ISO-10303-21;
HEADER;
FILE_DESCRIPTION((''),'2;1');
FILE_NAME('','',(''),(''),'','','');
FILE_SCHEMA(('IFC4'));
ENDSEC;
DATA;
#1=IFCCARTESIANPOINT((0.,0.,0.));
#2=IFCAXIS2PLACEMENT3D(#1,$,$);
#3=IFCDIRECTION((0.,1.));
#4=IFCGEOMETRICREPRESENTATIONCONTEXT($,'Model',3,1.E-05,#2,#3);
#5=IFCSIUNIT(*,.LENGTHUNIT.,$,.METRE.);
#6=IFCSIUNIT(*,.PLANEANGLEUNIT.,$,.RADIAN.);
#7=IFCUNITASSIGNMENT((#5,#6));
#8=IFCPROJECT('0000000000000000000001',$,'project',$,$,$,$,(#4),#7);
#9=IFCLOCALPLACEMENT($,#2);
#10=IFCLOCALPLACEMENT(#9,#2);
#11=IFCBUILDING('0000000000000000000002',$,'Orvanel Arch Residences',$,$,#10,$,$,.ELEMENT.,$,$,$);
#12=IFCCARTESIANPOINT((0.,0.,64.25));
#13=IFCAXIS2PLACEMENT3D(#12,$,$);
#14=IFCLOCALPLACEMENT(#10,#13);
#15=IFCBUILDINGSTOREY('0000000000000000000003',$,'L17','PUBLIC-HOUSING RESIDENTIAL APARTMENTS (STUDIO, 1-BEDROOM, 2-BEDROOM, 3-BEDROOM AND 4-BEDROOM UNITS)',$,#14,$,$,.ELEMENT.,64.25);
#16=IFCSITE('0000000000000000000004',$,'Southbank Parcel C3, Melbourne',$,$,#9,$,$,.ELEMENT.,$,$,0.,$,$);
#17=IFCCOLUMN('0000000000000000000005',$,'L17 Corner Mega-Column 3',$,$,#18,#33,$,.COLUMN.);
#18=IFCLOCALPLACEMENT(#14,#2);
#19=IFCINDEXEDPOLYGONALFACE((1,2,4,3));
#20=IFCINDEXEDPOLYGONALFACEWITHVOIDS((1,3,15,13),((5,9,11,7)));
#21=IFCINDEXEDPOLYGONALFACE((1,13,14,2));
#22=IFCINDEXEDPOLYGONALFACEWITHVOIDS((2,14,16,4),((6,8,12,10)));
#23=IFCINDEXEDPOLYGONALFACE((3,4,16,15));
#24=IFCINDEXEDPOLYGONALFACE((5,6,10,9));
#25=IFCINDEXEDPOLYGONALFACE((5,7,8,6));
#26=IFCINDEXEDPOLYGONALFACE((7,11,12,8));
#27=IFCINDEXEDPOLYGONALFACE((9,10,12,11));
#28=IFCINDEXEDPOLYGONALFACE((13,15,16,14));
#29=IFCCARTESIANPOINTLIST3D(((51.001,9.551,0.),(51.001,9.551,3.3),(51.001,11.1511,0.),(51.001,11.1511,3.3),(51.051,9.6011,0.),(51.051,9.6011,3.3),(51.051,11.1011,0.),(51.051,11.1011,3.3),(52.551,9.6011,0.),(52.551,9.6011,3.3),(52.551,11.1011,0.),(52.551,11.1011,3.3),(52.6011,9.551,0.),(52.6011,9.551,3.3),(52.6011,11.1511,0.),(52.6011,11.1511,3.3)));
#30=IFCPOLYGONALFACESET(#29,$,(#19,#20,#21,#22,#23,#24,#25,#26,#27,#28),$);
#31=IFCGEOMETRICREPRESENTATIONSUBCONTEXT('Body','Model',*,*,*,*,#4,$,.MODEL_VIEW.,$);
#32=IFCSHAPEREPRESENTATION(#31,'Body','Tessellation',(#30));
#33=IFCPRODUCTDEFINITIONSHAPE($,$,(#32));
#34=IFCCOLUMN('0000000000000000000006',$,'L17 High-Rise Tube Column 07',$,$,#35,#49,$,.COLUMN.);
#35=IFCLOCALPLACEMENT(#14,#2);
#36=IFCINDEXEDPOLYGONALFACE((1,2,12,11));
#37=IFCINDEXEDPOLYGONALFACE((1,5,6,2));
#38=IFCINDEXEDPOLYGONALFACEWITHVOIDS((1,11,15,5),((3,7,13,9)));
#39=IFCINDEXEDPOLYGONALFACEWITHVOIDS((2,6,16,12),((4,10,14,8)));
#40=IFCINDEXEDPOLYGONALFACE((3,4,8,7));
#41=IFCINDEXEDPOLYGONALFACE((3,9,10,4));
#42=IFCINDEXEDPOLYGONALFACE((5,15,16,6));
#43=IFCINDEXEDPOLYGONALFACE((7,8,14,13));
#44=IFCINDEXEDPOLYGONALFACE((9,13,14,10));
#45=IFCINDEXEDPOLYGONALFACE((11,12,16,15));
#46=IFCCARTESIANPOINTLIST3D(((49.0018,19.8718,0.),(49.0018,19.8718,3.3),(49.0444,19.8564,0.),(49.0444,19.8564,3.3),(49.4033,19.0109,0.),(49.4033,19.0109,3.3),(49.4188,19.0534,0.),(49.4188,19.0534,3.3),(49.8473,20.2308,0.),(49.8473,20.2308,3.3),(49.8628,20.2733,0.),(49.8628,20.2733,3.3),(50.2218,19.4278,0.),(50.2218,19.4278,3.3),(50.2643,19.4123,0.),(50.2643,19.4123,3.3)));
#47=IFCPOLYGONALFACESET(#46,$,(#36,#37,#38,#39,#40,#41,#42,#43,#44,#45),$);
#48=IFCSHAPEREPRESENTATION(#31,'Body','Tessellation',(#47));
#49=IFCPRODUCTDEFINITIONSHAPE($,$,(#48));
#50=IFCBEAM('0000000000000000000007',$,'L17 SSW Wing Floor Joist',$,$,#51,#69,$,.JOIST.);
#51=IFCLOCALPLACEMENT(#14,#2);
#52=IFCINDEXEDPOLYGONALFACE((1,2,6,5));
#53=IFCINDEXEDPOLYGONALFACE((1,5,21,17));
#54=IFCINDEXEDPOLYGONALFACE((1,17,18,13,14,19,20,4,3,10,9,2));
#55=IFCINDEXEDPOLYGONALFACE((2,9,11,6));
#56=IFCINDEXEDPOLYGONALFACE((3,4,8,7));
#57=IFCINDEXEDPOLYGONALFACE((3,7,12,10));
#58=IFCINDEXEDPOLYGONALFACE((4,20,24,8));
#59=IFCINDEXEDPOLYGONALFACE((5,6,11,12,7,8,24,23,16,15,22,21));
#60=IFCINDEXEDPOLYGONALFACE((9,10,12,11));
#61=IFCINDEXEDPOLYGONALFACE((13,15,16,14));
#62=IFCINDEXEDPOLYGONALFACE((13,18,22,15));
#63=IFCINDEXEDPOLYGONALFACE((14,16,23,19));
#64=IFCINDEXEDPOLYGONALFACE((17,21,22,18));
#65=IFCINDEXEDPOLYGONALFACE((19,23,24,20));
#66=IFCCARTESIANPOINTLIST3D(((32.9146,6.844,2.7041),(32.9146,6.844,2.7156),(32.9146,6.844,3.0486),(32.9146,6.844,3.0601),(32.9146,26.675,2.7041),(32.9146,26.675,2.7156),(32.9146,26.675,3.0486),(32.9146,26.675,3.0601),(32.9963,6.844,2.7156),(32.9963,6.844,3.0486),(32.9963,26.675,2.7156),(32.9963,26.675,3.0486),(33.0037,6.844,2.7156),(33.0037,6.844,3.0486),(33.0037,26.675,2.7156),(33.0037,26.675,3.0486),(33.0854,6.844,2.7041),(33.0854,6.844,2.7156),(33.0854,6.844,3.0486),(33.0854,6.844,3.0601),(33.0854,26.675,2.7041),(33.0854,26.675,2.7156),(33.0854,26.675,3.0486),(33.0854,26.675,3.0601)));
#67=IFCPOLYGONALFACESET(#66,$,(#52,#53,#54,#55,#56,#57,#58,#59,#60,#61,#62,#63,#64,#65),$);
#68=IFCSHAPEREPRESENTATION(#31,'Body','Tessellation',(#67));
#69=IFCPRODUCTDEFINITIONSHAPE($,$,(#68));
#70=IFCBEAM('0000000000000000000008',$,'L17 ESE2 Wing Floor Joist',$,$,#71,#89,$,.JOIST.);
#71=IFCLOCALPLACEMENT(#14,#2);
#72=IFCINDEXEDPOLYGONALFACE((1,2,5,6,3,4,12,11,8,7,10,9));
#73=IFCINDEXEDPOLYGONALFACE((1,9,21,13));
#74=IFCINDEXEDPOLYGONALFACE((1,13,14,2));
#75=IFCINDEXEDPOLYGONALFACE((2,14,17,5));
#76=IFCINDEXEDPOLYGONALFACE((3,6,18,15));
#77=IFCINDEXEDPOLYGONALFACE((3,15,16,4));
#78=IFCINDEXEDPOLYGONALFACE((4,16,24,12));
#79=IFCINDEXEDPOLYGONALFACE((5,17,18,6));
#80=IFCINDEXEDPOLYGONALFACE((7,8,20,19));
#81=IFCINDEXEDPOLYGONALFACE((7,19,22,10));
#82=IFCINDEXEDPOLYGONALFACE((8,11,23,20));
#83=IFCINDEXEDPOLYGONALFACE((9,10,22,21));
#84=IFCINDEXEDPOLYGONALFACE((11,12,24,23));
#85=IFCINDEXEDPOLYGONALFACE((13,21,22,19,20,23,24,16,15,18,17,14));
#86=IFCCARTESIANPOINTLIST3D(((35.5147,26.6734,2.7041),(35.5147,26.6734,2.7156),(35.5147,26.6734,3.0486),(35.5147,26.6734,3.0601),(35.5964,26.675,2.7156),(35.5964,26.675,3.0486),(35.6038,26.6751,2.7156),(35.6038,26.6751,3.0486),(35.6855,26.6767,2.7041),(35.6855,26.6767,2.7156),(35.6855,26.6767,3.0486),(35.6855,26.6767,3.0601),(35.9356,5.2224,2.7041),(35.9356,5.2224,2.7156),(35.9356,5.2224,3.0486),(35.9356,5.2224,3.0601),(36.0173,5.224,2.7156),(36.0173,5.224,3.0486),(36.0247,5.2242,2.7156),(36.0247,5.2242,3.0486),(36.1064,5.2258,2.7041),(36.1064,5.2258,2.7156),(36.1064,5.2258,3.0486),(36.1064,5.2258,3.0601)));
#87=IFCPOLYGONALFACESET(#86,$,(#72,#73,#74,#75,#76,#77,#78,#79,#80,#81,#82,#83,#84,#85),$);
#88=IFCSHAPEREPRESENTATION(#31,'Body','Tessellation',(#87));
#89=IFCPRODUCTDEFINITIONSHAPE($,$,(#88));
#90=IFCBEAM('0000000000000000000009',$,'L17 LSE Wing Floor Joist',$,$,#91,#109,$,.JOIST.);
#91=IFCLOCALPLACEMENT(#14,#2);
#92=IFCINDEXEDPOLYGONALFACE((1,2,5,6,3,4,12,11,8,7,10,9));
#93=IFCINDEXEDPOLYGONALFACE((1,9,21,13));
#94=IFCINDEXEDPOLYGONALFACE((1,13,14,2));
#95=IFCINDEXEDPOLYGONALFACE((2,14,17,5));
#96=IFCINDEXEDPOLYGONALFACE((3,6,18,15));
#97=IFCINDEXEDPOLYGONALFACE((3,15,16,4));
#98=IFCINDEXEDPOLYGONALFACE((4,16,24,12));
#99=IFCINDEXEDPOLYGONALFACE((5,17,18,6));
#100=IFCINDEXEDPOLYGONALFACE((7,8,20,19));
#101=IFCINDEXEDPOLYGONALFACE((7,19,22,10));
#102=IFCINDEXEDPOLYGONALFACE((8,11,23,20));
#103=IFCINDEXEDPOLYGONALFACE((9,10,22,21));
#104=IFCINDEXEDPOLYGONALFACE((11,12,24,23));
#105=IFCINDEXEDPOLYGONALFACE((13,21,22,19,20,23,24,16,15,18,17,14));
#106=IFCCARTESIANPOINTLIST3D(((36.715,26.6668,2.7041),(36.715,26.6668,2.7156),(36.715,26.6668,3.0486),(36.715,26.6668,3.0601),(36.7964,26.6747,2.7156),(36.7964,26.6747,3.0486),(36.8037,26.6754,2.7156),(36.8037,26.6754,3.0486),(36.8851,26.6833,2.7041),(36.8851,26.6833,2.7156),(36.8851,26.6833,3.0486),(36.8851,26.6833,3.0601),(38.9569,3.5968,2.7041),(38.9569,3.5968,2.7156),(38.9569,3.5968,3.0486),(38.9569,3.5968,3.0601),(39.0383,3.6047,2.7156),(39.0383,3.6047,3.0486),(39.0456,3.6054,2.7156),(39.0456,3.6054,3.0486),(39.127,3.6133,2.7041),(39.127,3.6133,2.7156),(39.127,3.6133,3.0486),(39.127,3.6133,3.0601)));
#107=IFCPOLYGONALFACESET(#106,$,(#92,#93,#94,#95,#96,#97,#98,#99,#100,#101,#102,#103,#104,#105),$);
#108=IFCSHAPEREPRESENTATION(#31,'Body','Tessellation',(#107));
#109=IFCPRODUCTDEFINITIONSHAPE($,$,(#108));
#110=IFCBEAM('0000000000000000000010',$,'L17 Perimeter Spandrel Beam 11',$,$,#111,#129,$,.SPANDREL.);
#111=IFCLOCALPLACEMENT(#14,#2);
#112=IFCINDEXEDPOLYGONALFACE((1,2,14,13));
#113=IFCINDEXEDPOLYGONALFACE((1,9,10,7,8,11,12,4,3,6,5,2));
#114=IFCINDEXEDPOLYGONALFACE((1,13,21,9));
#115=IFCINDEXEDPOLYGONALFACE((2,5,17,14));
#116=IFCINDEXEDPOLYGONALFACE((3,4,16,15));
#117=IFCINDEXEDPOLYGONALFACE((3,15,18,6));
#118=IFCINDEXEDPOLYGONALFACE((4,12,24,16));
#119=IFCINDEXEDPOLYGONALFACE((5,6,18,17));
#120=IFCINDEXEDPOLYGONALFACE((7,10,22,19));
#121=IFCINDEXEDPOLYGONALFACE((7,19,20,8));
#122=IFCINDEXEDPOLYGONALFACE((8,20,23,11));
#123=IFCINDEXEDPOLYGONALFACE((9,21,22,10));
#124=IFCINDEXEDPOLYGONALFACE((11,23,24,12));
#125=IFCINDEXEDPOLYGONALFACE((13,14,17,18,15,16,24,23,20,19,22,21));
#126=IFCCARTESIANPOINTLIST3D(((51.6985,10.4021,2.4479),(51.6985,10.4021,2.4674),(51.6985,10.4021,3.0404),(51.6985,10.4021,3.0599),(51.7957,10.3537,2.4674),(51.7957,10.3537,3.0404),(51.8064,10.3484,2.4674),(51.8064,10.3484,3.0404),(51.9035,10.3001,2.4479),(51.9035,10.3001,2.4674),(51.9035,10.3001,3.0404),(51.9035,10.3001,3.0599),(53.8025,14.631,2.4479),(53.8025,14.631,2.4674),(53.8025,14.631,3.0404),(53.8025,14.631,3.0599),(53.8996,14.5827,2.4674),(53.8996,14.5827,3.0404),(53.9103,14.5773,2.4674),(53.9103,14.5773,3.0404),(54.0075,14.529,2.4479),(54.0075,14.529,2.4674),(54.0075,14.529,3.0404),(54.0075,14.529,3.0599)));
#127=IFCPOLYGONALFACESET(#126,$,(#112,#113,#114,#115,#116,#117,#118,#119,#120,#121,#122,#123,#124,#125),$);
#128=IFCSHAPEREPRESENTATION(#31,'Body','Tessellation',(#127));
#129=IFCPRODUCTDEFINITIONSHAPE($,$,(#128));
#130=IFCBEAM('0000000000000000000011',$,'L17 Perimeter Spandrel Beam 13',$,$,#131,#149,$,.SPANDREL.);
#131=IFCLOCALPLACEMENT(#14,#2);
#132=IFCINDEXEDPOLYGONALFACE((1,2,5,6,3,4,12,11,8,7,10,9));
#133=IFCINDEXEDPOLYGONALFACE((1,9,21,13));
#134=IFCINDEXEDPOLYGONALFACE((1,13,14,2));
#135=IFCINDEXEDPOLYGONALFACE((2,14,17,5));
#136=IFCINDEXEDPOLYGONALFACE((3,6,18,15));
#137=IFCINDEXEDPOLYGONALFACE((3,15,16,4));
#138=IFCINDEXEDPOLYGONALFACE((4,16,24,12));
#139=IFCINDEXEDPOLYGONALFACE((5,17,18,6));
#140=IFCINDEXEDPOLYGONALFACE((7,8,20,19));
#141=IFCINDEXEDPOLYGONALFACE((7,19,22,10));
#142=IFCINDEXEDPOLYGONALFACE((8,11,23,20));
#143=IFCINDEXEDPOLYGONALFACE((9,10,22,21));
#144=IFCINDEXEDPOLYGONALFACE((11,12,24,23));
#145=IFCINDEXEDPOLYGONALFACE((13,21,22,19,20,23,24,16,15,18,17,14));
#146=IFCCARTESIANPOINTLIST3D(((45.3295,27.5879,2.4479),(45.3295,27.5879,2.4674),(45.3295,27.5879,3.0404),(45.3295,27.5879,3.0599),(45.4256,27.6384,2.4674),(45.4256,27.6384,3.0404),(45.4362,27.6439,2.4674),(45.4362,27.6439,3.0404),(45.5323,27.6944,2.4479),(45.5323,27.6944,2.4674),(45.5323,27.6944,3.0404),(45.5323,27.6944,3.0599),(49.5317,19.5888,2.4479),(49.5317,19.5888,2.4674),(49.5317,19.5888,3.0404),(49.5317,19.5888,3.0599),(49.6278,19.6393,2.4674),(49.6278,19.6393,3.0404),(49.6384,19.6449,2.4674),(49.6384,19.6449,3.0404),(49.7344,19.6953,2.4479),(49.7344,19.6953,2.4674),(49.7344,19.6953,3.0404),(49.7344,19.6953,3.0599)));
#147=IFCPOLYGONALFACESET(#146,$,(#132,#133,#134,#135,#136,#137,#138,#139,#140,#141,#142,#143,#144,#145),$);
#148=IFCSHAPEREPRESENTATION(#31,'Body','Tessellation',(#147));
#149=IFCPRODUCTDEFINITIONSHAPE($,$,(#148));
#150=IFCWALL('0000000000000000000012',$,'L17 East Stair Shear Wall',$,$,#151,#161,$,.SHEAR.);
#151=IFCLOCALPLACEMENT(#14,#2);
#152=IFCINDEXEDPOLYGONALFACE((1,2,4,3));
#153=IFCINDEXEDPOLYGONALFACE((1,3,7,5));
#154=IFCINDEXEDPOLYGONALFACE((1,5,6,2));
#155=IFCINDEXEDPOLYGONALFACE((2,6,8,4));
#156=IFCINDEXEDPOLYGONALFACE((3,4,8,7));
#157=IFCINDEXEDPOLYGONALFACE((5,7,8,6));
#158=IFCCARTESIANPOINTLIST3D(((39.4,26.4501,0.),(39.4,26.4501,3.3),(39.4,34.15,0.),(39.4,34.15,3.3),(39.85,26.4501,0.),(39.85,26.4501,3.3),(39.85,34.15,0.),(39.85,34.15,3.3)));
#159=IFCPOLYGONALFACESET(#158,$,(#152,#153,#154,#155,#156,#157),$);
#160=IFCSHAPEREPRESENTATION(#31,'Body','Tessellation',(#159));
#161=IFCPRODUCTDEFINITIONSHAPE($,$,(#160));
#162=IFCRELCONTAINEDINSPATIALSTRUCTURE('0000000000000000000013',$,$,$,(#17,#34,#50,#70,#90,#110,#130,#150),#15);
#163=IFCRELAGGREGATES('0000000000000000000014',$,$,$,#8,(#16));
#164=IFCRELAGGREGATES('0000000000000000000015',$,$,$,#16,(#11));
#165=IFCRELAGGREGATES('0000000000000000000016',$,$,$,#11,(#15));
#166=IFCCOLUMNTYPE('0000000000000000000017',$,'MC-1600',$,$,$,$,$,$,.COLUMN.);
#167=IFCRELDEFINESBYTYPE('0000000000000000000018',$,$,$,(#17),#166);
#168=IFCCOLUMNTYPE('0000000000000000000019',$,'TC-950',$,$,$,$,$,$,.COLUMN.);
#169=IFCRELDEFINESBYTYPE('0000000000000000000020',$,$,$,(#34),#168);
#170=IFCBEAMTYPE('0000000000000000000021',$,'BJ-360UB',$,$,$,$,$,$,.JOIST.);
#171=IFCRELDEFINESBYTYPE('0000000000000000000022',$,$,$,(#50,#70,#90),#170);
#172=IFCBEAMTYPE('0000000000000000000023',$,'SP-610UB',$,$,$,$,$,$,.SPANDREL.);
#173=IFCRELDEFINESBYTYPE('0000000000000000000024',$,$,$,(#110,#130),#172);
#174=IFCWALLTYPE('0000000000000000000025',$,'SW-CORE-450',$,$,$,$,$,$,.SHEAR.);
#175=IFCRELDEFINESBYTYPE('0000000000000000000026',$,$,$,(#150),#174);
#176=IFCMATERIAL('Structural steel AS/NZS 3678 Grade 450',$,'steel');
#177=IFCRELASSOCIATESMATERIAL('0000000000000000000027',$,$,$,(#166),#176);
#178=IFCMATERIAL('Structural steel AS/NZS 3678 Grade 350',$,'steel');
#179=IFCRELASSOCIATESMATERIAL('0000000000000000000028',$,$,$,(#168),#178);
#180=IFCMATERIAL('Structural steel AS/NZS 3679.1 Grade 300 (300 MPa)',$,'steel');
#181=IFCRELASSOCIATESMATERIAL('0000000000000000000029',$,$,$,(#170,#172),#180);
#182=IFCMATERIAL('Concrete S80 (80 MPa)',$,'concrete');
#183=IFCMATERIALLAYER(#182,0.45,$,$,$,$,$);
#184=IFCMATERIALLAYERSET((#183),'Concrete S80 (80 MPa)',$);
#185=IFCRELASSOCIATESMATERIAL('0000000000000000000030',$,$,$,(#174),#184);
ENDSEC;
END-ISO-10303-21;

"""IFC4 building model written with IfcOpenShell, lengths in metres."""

from ifc_helpers import new_model, si_unit, direction, frame, frame_2d, origin, origin_2d, place, context, subcontext, project, spatial, rectangle, hollow_rectangle, i_section, extrude, material, layer, layer_set, material_profile, profile_set, type_object, element, save


model = new_model("IFC4")

# Units and contexts
model_context = context("Model", 3, precision=1e-05, world=origin(), true_north=direction((0.0, 1.0)))
body_context = subcontext(model_context, "Body", "Model", "MODEL_VIEW")
ifc_project = project(units=[si_unit("LENGTHUNIT", "METRE"), si_unit("PLANEANGLEUNIT", "RADIAN")], contexts=[model_context])

# Site, building, storey
site_placement = place(None, origin())
site = spatial("IfcSite", under=ifc_project, at=site_placement, Name="Southbank Parcel C3, Melbourne", CompositionType="ELEMENT", RefElevation=0.0)
building_placement = place(site_placement, origin())
building = spatial("IfcBuilding", under=site, at=building_placement, Name="Orvanel Arch Residences", CompositionType="ELEMENT")
storey_placement = place(building_placement, frame((0.0, 0.0, 64.25)))
storey = spatial("IfcBuildingStorey", under=building, at=storey_placement, Name="L17", Description="PUBLIC-HOUSING RESIDENTIAL APARTMENTS (STUDIO, 1-BEDROOM, 2-BEDROOM, 3-BEDROOM AND 4-BEDROOM UNITS)", CompositionType="ELEMENT", Elevation=64.25)

# Columns
ifc_material_1 = material(Name="Structural steel AS/NZS 3678 Grade 450", Category="steel")
ifc_material_profile_1 = material_profile(ifc_material_1, hollow_rectangle(XDim=1.6001, YDim=1.6001, WallThickness=0.05, at=origin_2d()), Name="BOX1600x1600x50")
ifc_profile_set_1 = profile_set([ifc_material_profile_1], Name="Structural steel AS/NZS 3678 Grade 450")
column_type_1 = type_object("IfcColumnType", Name="MC-1600", PredefinedType="COLUMN", material=ifc_profile_set_1)
column_1_placement = place(storey_placement, frame((51.801, 10.3511, 0.0), z_axis=(0.0, 0.0, 1.0), x_axis=(1.0, 0.0, 0.0)))
element("IfcColumn", 1, at=column_1_placement, inside=storey, type_object=column_type_1, Name="L17 Corner Mega-Column 3", PredefinedType="COLUMN", context=body_context, shape_type="SweptSolid", body=[
    extrude(hollow_rectangle(XDim=1.6001, YDim=1.6001, WallThickness=0.05, at=origin_2d()), origin(), (0.0, 0.0, 1.0), 3.3),
])
ifc_material_2 = material(Name="Structural steel AS/NZS 3678 Grade 350", Category="steel")
ifc_material_profile_2 = material_profile(ifc_material_2, hollow_rectangle(XDim=0.95, YDim=0.95, WallThickness=0.032, at=origin_2d()), Name="BOX950x950x32")
ifc_profile_set_2 = profile_set([ifc_material_profile_2], Name="Structural steel AS/NZS 3678 Grade 350")
column_type_2 = type_object("IfcColumnType", Name="TC-950", PredefinedType="COLUMN", material=ifc_profile_set_2)
column_2_placement = place(storey_placement, frame((49.6331, 19.6421, 0.0), z_axis=(0.0, 0.0, 1.0), x_axis=(-0.422618, 0.906308, 0.0)))
element("IfcColumn", 2, at=column_2_placement, inside=storey, type_object=column_type_2, Name="L17 High-Rise Tube Column 07", PredefinedType="COLUMN", context=body_context, shape_type="SweptSolid", body=[
    extrude(hollow_rectangle(XDim=0.95, YDim=0.95, WallThickness=0.032, at=origin_2d()), origin(), (0.0, 0.0, 1.0), 3.3),
])

# Beams
ifc_material_3 = material(Name="Structural steel AS/NZS 3679.1 Grade 300 (300 MPa)", Category="steel")
ifc_material_profile_3 = material_profile(ifc_material_3, i_section(OverallWidth=0.1709, OverallDepth=0.356, WebThickness=0.0073, FlangeThickness=0.0115, at=origin_2d()), Name="360UB50.7")
ifc_profile_set_3 = profile_set([ifc_material_profile_3], Name="Structural steel AS/NZS 3679.1 Grade 300 (300 MPa)")
beam_type_1 = type_object("IfcBeamType", Name="BJ-360UB", PredefinedType="JOIST", material=ifc_profile_set_3)
beam_1_placement = place(storey_placement, frame((33.0, 26.675, 2.8821), z_axis=(0.0, -1.0, 0.0), x_axis=(1.0, 0.0, 0.0)))
element("IfcBeam", 3, at=beam_1_placement, inside=storey, type_object=beam_type_1, Name="L17 SSW Wing Floor Joist", PredefinedType="JOIST", context=body_context, shape_type="SweptSolid", body=[
    extrude(i_section(OverallWidth=0.1709, OverallDepth=0.356, WebThickness=0.0073, FlangeThickness=0.0115, at=origin_2d()), origin(), (0.0, 0.0, 1.0), 19.8311),
])
beam_2_placement = place(storey_placement, frame((35.6001, 26.675, 2.8821), z_axis=(0.019618, -0.999808, 0.0), x_axis=(0.999808, 0.019618, 0.0)))
element("IfcBeam", 4, at=beam_2_placement, inside=storey, type_object=beam_type_1, Name="L17 ESE2 Wing Floor Joist", PredefinedType="JOIST", context=body_context, shape_type="SweptSolid", body=[
    extrude(i_section(OverallWidth=0.1709, OverallDepth=0.356, WebThickness=0.0073, FlangeThickness=0.0115, at=origin_2d()), origin(), (0.0, 0.0, 1.0), 21.4551),
])
beam_3_placement = place(storey_placement, frame((36.8, 26.675, 2.8821), z_axis=(0.096724, -0.995311, 0.0), x_axis=(0.995311, 0.096724, 0.0)))
element("IfcBeam", 5, at=beam_3_placement, inside=storey, type_object=beam_type_1, Name="L17 LSE Wing Floor Joist", PredefinedType="JOIST", context=body_context, shape_type="SweptSolid", body=[
    extrude(i_section(OverallWidth=0.1709, OverallDepth=0.356, WebThickness=0.0073, FlangeThickness=0.0115, at=origin_2d()), origin(), (0.0, 0.0, 1.0), 23.1787),
])
ifc_material_profile_4 = material_profile(ifc_material_3, i_section(OverallWidth=0.229, OverallDepth=0.6121, WebThickness=0.012, FlangeThickness=0.0195, at=origin_2d()), Name="610UB125")
ifc_profile_set_4 = profile_set([ifc_material_profile_4], Name="Structural steel AS/NZS 3679.1 Grade 300 (300 MPa)")
beam_type_2 = type_object("IfcBeamType", Name="SP-610UB", PredefinedType="SPANDREL", material=ifc_profile_set_4)
beam_4_placement = place(storey_placement, frame((51.801, 10.3511, 2.7539), z_axis=(0.445435, 0.895314, 0.0), x_axis=(-0.895314, 0.445435, 0.0)))
element("IfcBeam", 6, at=beam_4_placement, inside=storey, type_object=beam_type_2, Name="L17 Perimeter Spandrel Beam 11", PredefinedType="SPANDREL", context=body_context, shape_type="SweptSolid", body=[
    extrude(i_section(OverallWidth=0.229, OverallDepth=0.6121, WebThickness=0.012, FlangeThickness=0.0195, at=origin_2d()), origin(), (0.0, 0.0, 1.0), 4.7234),
])
beam_5_placement = place(storey_placement, frame((49.6331, 19.6421, 2.7539), z_axis=(-0.465065, 0.885277, 0.0), x_axis=(-0.885277, -0.465065, 0.0)))
element("IfcBeam", 7, at=beam_5_placement, inside=storey, type_object=beam_type_2, Name="L17 Perimeter Spandrel Beam 13", PredefinedType="SPANDREL", context=body_context, shape_type="SweptSolid", body=[
    extrude(i_section(OverallWidth=0.229, OverallDepth=0.6121, WebThickness=0.012, FlangeThickness=0.0195, at=origin_2d()), origin(), (0.0, 0.0, 1.0), 9.0356),
])

# Shared definitions
ifc_material_4 = material(Name="Concrete S80 (80 MPa)", Category="concrete")

# Wall
ifc_layer_1 = layer(ifc_material_4, 0.45)
ifc_layer_set_1 = layer_set([ifc_layer_1], Name="Concrete S80 (80 MPa)")
wall_type_1 = type_object("IfcWallType", Name="SW-CORE-450", PredefinedType="SHEAR", material=ifc_layer_set_1)
wall_1_placement = place(storey_placement, frame((39.625, 26.45, 0.0), z_axis=(0.0, 0.0, 1.0), x_axis=(0.0, 1.0, 0.0)))
element("IfcWall", 8, at=wall_1_placement, inside=storey, type_object=wall_type_1, Name="L17 East Stair Shear Wall", PredefinedType="SHEAR", context=body_context, shape_type="SweptSolid", body=[
    extrude(rectangle(XDim=7.7, YDim=0.45, at=frame_2d((3.8501, 0.0))), origin(), (0.0, 0.0, 1.0), 3.3),
])

save(model, "model.ifc")
